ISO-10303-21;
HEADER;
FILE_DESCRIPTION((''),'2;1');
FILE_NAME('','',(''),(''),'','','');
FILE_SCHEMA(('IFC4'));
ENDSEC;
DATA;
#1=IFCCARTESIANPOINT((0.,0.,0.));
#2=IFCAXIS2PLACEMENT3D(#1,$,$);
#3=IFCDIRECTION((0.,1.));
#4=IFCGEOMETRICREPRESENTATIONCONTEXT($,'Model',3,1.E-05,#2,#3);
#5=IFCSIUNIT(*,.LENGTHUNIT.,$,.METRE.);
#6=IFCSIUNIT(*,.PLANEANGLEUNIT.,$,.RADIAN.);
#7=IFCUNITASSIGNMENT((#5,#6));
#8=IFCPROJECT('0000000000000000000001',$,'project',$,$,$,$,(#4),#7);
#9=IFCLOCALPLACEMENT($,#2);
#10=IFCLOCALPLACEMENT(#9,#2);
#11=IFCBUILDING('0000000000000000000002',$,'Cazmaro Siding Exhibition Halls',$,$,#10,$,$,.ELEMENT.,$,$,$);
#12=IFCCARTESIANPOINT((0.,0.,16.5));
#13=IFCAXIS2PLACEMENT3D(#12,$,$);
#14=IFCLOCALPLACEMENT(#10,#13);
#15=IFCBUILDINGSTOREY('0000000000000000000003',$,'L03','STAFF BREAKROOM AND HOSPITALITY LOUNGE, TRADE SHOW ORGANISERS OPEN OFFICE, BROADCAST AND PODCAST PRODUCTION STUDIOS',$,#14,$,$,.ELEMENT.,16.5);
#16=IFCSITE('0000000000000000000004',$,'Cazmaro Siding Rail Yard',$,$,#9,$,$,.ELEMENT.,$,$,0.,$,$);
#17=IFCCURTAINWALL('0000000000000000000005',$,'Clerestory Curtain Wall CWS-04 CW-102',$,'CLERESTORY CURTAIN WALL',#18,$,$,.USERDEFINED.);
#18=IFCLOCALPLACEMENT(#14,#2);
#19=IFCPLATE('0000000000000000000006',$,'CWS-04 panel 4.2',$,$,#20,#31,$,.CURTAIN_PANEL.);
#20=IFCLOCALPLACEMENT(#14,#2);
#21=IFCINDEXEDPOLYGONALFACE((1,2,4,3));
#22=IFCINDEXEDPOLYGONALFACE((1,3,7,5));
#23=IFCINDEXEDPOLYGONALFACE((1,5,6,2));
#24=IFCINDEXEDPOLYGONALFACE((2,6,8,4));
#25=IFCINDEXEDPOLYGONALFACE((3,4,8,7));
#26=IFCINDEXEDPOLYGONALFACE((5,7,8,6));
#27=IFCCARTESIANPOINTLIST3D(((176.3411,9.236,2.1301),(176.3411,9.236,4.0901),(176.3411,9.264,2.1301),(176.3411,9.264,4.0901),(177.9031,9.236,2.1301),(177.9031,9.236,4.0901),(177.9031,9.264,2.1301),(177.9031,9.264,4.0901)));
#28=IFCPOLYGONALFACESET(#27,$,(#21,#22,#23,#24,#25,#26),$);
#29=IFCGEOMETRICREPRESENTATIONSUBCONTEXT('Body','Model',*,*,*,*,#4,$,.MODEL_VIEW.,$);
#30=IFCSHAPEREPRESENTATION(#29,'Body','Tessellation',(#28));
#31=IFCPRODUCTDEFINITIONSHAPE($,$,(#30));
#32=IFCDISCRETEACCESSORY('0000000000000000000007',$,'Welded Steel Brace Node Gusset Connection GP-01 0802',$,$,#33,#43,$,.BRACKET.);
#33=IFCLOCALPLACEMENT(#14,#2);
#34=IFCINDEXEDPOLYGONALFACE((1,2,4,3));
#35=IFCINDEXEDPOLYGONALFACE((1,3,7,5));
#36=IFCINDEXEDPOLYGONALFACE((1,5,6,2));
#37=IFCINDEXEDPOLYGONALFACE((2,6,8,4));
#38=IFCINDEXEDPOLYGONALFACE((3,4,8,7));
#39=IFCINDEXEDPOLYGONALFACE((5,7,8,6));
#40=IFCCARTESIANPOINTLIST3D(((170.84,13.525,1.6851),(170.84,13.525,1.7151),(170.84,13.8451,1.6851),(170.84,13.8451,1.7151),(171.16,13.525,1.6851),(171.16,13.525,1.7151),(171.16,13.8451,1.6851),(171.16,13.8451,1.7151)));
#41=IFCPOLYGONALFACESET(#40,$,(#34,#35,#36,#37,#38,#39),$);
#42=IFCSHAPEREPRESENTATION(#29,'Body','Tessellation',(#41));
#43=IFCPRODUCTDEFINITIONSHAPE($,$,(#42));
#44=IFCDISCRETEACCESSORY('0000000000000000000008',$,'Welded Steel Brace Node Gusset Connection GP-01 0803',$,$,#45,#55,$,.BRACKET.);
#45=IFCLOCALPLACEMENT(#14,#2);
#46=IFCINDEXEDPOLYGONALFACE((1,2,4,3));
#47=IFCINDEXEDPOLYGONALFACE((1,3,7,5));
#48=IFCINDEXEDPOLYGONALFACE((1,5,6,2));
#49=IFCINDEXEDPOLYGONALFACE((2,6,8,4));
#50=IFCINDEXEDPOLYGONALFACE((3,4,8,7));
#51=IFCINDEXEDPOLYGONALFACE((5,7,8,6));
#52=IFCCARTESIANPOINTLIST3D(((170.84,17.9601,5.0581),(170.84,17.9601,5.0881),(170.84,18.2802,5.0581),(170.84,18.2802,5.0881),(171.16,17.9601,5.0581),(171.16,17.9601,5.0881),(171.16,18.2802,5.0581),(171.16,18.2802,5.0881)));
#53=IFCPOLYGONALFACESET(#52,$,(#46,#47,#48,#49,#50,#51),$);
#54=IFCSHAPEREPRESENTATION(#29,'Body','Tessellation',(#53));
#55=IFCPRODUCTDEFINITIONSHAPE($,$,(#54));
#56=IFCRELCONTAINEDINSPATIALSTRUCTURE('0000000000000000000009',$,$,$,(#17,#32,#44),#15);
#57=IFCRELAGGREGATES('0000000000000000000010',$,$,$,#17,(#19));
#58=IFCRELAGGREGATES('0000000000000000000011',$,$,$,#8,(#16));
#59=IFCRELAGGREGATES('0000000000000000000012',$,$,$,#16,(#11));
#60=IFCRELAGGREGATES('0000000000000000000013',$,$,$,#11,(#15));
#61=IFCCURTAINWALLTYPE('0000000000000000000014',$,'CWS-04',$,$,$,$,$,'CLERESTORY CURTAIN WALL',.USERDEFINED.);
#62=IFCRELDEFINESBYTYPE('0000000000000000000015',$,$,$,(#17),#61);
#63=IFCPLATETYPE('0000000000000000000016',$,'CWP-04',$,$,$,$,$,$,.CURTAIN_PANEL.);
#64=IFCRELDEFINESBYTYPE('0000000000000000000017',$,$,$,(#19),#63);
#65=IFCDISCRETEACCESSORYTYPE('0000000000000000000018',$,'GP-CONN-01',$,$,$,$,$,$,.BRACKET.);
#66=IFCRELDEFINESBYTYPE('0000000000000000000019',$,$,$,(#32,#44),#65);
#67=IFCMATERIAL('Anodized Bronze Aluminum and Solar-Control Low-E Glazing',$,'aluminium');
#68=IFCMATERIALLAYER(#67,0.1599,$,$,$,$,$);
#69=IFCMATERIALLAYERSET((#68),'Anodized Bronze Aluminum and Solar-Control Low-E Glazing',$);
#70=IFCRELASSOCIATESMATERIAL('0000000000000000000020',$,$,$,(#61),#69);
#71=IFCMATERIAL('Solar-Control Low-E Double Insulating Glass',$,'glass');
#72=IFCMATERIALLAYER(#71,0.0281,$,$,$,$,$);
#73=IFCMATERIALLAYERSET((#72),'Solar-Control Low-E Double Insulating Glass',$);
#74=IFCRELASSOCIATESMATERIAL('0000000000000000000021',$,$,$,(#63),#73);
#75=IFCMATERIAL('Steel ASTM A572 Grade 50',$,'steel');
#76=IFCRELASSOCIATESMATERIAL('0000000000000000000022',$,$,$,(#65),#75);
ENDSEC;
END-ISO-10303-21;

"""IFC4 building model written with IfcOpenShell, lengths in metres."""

from ifc_helpers import new_model, si_unit, direction, frame, origin, origin_2d, place, context, subcontext, project, spatial, rectangle, extrude, material, layer, layer_set, type_object, element, aggregate, save


model = new_model("IFC4")

# Units and contexts
model_context = context("Model", 3, precision=1e-05, world=origin(), true_north=direction((0.0, 1.0)))
body_context = subcontext(model_context, "Body", "Model", "MODEL_VIEW")
ifc_project = project(units=[si_unit("LENGTHUNIT", "METRE"), si_unit("PLANEANGLEUNIT", "RADIAN")], contexts=[model_context])

# Site, building, storey
site_placement = place(None, origin())
site = spatial("IfcSite", under=ifc_project, at=site_placement, Name="Cazmaro Siding Rail Yard", CompositionType="ELEMENT", RefElevation=0.0)
building_placement = place(site_placement, origin())
building = spatial("IfcBuilding", under=site, at=building_placement, Name="Cazmaro Siding Exhibition Halls", CompositionType="ELEMENT")
storey_placement = place(building_placement, frame((0.0, 0.0, 16.5)))
storey = spatial("IfcBuildingStorey", under=building, at=storey_placement, Name="L03", Description="STAFF BREAKROOM AND HOSPITALITY LOUNGE, TRADE SHOW ORGANISERS OPEN OFFICE, BROADCAST AND PODCAST PRODUCTION STUDIOS", CompositionType="ELEMENT", Elevation=16.5)

# Curtain wall
ifc_material_1 = material(Name="Anodized Bronze Aluminum and Solar-Control Low-E Glazing", Category="aluminium")
ifc_layer_1 = layer(ifc_material_1, 0.1599)
ifc_layer_set_1 = layer_set([ifc_layer_1], Name="Anodized Bronze Aluminum and Solar-Control Low-E Glazing")
curtain_wall_type = type_object("IfcCurtainWallType", Name="CWS-04", ElementType="CLERESTORY CURTAIN WALL", PredefinedType="USERDEFINED", material=ifc_layer_set_1)
curtain_wall_placement = place(storey_placement, origin())
curtain_wall = element("IfcCurtainWall", 1, at=curtain_wall_placement, inside=storey, type_object=curtain_wall_type, Name="Clerestory Curtain Wall CWS-04 CW-102", ObjectType="CLERESTORY CURTAIN WALL", PredefinedType="USERDEFINED")

# Plate
ifc_material_2 = material(Name="Solar-Control Low-E Double Insulating Glass", Category="glass")
ifc_layer_2 = layer(ifc_material_2, 0.0281)
ifc_layer_set_2 = layer_set([ifc_layer_2], Name="Solar-Control Low-E Double Insulating Glass")
plate_type = type_object("IfcPlateType", Name="CWP-04", PredefinedType="CURTAIN_PANEL", material=ifc_layer_set_2)
plate_1_placement = place(storey_placement, frame((177.1221, 9.25, 2.1301), z_axis=(0.0, 0.0, 1.0), x_axis=(1.0, 0.0, 0.0)))
plate_1 = element("IfcPlate", 2, at=plate_1_placement, type_object=plate_type, Name="CWS-04 panel 4.2", PredefinedType="CURTAIN_PANEL", context=body_context, shape_type="SweptSolid", body=[
    extrude(rectangle(XDim=1.562, YDim=0.0281, at=origin_2d()), origin(), (0.0, 0.0, 1.0), 1.96),
])
aggregate(curtain_wall, [plate_1])

# Discrete accessories
ifc_material_3 = material(Name="Steel ASTM A572 Grade 50", Category="steel")
discrete_accessory_type = type_object("IfcDiscreteAccessoryType", Name="GP-CONN-01", PredefinedType="BRACKET", material=ifc_material_3)
for number, where, z_axis, x_axis, name in (
    (3, (171.0, 13.6851, 1.6851), (0.0, 0.0, 1.0), (1.0, 0.0, 0.0), "Welded Steel Brace Node Gusset Connection GP-01 0802"),
    (4, (171.0, 18.1201, 5.0581), (0.0, 0.0, 1.0), (1.0, 0.0, 0.0), "Welded Steel Brace Node Gusset Connection GP-01 0803"),
):
    element("IfcDiscreteAccessory", number, at=place(storey_placement, frame(where, z_axis=z_axis, x_axis=x_axis)), inside=storey, type_object=discrete_accessory_type, Name=name, PredefinedType="BRACKET", context=body_context, shape_type="SweptSolid", body=[
        extrude(rectangle(XDim=0.3201, YDim=0.3201, at=origin_2d()), origin(), (0.0, 0.0, 1.0), 0.03),
    ])

save(model, "model.ifc")
